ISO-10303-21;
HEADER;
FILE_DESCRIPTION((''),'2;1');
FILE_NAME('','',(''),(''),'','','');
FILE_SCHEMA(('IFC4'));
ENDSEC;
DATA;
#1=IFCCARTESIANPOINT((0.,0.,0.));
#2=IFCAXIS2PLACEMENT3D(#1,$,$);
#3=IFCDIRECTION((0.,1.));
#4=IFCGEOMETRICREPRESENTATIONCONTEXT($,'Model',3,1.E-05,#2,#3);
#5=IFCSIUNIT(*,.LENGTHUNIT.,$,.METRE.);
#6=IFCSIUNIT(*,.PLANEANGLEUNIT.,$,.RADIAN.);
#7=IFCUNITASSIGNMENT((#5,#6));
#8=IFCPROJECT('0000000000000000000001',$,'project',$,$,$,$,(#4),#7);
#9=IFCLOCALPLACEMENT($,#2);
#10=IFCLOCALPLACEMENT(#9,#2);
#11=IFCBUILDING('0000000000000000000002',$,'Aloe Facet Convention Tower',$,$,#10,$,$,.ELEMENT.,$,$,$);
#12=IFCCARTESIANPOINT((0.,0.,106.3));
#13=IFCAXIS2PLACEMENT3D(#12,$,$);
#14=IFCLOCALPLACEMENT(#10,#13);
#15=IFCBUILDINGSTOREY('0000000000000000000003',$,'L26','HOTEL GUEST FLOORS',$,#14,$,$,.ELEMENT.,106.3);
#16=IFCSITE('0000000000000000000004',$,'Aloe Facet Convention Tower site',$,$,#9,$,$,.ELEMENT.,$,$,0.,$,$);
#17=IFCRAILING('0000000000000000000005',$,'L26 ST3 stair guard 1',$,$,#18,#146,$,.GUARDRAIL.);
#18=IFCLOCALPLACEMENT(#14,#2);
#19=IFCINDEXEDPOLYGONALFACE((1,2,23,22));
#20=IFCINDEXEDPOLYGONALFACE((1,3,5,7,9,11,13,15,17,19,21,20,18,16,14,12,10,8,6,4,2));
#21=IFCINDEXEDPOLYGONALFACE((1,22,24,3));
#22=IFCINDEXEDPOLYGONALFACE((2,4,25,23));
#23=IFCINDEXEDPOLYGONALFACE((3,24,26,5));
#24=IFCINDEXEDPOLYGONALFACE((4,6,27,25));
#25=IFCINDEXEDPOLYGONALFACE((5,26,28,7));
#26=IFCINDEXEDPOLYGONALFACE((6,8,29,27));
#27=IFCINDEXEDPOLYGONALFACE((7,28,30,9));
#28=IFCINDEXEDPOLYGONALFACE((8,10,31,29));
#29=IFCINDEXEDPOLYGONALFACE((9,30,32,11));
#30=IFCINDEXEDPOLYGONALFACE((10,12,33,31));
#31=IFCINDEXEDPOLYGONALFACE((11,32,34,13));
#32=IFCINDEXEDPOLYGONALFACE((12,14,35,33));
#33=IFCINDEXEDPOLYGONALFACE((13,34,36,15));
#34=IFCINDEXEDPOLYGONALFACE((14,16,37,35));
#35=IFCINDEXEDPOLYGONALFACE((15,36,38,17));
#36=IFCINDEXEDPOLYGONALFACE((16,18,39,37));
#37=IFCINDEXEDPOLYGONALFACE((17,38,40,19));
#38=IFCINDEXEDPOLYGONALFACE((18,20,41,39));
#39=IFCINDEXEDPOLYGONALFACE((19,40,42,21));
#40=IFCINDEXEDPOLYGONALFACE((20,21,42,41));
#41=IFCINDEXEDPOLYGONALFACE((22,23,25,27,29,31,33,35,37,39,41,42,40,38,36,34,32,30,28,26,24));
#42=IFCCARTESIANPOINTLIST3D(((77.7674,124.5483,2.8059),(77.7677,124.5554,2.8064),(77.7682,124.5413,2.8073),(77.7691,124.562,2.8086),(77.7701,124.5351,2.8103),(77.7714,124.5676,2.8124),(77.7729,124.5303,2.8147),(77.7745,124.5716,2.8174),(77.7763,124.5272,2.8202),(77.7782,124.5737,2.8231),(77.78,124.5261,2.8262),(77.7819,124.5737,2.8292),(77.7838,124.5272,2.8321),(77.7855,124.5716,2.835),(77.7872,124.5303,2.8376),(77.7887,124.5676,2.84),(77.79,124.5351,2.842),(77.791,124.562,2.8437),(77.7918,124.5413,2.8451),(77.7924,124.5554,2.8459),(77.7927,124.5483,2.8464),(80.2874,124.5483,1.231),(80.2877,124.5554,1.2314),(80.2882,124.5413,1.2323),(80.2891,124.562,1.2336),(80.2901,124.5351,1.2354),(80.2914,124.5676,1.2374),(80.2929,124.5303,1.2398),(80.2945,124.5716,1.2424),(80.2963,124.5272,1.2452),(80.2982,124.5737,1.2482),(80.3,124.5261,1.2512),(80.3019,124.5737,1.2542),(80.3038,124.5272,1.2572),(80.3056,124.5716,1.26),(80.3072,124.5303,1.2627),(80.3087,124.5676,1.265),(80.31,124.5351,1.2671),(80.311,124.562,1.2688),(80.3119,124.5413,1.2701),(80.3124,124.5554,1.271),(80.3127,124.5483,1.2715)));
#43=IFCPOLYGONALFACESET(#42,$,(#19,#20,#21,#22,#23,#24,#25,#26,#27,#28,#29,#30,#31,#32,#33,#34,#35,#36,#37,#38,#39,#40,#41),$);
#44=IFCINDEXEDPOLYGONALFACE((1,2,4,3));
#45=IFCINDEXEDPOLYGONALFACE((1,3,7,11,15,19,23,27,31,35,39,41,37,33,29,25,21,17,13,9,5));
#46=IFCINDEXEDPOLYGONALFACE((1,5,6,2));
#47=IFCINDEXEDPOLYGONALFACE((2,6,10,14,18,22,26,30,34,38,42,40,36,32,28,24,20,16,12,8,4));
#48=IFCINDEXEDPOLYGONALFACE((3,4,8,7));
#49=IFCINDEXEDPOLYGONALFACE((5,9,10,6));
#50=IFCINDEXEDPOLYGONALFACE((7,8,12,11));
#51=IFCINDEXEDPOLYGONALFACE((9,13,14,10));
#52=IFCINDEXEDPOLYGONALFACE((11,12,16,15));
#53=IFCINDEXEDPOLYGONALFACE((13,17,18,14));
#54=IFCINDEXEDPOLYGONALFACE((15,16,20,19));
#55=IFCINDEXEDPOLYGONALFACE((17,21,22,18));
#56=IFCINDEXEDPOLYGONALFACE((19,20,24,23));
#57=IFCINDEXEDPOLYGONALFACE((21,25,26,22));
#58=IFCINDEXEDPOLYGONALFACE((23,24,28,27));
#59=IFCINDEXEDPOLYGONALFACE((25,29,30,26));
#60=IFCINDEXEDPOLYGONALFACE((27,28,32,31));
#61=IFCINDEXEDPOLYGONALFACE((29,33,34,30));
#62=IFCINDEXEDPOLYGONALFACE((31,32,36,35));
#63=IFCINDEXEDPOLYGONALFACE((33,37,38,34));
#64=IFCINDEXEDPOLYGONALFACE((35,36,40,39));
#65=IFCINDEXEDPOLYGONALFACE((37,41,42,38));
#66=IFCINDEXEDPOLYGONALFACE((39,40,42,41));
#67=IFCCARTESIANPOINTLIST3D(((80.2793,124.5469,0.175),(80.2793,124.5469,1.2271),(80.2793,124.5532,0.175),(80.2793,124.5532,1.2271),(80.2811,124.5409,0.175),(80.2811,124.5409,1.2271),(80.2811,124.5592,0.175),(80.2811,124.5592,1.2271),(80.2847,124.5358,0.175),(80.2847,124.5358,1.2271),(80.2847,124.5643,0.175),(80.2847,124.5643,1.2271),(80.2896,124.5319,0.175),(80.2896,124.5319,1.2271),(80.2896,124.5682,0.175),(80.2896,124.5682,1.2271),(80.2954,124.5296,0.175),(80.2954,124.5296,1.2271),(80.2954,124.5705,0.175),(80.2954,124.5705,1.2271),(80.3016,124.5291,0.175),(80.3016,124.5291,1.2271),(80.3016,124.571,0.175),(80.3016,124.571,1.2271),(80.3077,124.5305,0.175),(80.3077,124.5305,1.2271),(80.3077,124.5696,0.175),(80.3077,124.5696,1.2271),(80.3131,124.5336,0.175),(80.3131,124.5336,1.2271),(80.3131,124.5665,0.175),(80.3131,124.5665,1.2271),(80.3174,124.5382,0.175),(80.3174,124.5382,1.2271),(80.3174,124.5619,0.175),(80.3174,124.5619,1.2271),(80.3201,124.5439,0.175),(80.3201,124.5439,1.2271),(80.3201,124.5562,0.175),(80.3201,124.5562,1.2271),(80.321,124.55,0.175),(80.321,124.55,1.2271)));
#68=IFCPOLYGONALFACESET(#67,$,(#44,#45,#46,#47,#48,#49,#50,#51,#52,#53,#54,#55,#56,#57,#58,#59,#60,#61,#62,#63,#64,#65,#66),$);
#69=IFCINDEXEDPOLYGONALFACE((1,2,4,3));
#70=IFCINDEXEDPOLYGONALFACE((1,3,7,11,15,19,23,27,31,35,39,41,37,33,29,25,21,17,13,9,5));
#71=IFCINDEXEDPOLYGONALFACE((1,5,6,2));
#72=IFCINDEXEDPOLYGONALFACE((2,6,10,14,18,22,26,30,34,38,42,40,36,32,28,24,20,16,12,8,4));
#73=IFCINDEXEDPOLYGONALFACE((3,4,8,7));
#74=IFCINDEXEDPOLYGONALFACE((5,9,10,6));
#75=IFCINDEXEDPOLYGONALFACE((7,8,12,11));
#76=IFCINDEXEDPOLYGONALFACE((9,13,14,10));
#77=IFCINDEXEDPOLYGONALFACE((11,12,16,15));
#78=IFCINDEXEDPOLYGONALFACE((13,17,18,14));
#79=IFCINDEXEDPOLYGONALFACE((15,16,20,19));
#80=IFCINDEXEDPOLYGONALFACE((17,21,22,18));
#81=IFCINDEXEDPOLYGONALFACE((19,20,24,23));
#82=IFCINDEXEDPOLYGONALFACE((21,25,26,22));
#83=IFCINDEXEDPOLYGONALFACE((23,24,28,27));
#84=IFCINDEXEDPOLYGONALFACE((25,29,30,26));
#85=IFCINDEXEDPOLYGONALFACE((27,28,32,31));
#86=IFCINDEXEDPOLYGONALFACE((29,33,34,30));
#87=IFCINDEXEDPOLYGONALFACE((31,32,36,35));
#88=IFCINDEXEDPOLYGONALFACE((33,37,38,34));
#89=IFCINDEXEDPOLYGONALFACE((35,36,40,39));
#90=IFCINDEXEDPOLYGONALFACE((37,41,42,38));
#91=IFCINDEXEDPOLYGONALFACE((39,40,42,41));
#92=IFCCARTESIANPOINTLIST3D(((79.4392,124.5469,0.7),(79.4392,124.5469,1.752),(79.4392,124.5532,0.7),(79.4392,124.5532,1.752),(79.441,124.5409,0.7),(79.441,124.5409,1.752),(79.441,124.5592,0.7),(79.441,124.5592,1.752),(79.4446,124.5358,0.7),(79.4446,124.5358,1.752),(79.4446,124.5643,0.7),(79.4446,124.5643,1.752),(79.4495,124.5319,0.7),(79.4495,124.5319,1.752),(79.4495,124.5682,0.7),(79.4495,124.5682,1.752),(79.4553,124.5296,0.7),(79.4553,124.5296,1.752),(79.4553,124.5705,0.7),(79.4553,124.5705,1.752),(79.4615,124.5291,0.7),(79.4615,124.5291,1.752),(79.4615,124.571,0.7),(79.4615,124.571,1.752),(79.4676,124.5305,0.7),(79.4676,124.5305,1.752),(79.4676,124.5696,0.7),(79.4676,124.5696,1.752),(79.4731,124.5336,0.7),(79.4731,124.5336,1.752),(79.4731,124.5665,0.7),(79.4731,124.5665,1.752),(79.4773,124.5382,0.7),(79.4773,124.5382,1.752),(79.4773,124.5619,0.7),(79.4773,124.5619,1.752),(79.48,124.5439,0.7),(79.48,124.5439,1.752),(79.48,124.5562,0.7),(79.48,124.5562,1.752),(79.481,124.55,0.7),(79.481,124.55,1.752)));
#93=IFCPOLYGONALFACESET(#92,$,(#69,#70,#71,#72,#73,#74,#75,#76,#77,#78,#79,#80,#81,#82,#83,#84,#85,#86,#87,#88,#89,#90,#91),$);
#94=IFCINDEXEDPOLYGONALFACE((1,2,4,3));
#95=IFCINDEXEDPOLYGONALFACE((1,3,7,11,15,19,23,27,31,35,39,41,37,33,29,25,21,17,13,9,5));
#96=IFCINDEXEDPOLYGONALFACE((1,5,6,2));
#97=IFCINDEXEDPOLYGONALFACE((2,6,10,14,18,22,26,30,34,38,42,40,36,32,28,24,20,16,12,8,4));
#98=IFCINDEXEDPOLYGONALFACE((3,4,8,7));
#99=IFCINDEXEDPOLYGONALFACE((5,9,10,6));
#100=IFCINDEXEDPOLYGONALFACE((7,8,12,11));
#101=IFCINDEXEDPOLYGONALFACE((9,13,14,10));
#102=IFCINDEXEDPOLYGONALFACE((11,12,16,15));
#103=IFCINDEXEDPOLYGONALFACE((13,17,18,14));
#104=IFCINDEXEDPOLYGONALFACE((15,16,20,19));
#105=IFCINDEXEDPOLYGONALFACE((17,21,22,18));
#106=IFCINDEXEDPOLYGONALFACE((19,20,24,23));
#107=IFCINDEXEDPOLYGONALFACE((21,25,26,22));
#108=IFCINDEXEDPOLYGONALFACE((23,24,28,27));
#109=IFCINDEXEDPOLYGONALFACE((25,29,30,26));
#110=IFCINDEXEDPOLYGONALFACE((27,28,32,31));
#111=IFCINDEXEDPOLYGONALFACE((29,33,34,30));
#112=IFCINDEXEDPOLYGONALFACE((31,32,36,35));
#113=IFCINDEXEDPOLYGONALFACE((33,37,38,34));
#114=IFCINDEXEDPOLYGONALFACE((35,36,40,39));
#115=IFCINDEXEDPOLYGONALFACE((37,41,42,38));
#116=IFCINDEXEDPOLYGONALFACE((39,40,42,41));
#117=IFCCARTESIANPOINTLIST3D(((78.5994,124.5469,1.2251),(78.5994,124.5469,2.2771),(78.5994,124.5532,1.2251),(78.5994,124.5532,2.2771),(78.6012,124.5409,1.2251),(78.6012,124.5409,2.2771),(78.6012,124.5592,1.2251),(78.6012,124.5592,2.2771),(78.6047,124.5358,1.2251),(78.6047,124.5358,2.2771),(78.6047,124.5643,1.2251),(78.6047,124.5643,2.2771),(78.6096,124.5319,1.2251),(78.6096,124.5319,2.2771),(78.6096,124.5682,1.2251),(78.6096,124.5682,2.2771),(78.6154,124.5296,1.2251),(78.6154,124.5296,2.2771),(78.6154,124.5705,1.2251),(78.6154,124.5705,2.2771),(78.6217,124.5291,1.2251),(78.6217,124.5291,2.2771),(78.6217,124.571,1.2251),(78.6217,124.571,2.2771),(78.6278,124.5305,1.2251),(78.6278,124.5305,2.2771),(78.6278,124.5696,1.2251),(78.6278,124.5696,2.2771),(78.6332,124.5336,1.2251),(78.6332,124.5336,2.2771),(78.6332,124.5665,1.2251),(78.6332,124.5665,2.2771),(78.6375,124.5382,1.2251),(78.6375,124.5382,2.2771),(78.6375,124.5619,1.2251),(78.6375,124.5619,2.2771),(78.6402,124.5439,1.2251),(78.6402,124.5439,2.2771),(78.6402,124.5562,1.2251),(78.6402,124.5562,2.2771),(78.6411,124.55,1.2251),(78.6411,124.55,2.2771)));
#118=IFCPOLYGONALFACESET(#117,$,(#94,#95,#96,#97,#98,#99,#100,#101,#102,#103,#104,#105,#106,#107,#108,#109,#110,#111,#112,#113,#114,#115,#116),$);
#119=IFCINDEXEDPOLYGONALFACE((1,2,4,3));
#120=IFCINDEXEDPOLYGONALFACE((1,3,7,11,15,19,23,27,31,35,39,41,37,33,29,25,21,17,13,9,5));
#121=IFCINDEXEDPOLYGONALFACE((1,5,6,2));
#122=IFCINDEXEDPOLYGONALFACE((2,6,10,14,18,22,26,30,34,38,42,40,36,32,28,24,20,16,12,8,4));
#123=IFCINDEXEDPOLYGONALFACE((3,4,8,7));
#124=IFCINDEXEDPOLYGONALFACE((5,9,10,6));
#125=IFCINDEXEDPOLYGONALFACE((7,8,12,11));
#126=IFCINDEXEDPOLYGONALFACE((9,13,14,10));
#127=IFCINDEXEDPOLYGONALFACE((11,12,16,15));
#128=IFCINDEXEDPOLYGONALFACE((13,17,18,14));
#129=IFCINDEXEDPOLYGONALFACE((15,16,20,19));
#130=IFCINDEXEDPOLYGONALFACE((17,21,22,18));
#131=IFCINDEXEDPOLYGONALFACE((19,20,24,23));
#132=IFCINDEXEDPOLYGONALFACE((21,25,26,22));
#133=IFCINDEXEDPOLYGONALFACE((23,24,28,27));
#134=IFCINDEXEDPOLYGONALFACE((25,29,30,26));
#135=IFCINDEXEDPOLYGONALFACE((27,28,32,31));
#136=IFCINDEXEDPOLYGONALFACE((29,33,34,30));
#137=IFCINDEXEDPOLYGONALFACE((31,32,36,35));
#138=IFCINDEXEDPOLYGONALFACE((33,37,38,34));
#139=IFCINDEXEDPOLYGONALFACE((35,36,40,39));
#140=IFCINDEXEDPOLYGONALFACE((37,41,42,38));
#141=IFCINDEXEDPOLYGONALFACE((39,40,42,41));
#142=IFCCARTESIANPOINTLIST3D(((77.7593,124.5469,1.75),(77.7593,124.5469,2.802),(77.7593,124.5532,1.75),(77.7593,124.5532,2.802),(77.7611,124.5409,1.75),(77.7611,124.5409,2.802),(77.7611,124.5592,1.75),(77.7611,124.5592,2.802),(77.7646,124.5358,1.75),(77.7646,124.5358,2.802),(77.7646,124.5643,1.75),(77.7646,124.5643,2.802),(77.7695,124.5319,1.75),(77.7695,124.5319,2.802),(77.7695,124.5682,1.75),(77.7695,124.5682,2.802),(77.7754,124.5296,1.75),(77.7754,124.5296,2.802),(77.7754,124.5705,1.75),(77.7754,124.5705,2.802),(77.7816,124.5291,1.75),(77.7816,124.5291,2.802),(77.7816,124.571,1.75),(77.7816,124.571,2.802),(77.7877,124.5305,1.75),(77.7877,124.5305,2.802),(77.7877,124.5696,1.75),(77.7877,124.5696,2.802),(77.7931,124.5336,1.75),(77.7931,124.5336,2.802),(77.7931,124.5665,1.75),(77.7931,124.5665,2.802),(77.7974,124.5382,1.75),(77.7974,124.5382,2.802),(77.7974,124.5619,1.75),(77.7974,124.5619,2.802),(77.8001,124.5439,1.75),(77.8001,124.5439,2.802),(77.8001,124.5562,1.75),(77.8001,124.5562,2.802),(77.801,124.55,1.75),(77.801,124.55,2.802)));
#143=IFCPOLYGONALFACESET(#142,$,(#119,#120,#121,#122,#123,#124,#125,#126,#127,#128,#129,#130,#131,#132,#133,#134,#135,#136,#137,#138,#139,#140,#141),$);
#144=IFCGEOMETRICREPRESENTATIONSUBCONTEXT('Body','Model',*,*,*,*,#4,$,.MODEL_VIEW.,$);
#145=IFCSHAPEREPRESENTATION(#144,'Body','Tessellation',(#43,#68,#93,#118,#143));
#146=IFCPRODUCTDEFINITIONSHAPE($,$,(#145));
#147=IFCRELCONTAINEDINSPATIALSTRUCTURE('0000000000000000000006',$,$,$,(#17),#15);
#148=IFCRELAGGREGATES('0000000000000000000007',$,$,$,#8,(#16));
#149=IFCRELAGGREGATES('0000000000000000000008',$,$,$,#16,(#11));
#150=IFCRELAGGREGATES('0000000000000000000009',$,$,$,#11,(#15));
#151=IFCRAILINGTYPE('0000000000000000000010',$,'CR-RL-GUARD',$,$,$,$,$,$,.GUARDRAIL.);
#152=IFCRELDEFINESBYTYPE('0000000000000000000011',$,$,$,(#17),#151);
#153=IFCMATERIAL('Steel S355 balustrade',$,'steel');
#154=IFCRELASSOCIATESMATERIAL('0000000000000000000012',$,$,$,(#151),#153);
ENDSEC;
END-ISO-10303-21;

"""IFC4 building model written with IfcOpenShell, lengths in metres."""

from ifc_helpers import new_model, si_unit, direction, frame, origin, origin_2d, place, context, subcontext, project, spatial, circle, extrude, material, type_object, element, save


model = new_model("IFC4")

# Units and contexts
model_context = context("Model", 3, precision=1e-05, world=origin(), true_north=direction((0.0, 1.0)))
body_context = subcontext(model_context, "Body", "Model", "MODEL_VIEW")
ifc_project = project(units=[si_unit("LENGTHUNIT", "METRE"), si_unit("PLANEANGLEUNIT", "RADIAN")], contexts=[model_context])

# Site, building, storey
site_placement = place(None, origin())
site = spatial("IfcSite", under=ifc_project, at=site_placement, Name="Aloe Facet Convention Tower site", CompositionType="ELEMENT", RefElevation=0.0)
building_placement = place(site_placement, origin())
building = spatial("IfcBuilding", under=site, at=building_placement, Name="Aloe Facet Convention Tower", CompositionType="ELEMENT")
storey_placement = place(building_placement, frame((0.0, 0.0, 106.3)))
storey = spatial("IfcBuildingStorey", under=building, at=storey_placement, Name="L26", Description="HOTEL GUEST FLOORS", CompositionType="ELEMENT", Elevation=106.3)

# Railing
ifc_material_1 = material(Name="Steel S355 balustrade", Category="steel")
railing_type_1 = type_object("IfcRailingType", Name="CR-RL-GUARD", PredefinedType="GUARDRAIL", material=ifc_material_1)
railing_1_placement = place(storey_placement, frame((80.3, 124.55, 0.175)))
element("IfcRailing", 1, at=railing_1_placement, inside=storey, type_object=railing_type_1, Name="L26 ST3 stair guard 1", PredefinedType="GUARDRAIL", context=body_context, shape_type="SweptSolid", body=[
    extrude(circle(Radius=0.0239, at=origin_2d()), frame((0.0, 0.0, 1.0762), z_axis=(-0.848008, 0.0, 0.529984), x_axis=(0.0, -1.0, 0.0)), (0.0, 0.0, 1.0), 2.9717),
    extrude(circle(Radius=0.021, at=origin_2d()), origin(), (0.0, 0.0, 1.0), 1.052),
    extrude(circle(Radius=0.021, at=origin_2d()), frame((-0.8401, 0.0, 0.5249)), (0.0, 0.0, 1.0), 1.052),
    extrude(circle(Radius=0.021, at=origin_2d()), frame((-1.6799, 0.0, 1.05)), (0.0, 0.0, 1.0), 1.052),
    extrude(circle(Radius=0.021, at=origin_2d()), frame((-2.52, 0.0, 1.575)), (0.0, 0.0, 1.0), 1.052),
])

save(model, "model.ifc")
